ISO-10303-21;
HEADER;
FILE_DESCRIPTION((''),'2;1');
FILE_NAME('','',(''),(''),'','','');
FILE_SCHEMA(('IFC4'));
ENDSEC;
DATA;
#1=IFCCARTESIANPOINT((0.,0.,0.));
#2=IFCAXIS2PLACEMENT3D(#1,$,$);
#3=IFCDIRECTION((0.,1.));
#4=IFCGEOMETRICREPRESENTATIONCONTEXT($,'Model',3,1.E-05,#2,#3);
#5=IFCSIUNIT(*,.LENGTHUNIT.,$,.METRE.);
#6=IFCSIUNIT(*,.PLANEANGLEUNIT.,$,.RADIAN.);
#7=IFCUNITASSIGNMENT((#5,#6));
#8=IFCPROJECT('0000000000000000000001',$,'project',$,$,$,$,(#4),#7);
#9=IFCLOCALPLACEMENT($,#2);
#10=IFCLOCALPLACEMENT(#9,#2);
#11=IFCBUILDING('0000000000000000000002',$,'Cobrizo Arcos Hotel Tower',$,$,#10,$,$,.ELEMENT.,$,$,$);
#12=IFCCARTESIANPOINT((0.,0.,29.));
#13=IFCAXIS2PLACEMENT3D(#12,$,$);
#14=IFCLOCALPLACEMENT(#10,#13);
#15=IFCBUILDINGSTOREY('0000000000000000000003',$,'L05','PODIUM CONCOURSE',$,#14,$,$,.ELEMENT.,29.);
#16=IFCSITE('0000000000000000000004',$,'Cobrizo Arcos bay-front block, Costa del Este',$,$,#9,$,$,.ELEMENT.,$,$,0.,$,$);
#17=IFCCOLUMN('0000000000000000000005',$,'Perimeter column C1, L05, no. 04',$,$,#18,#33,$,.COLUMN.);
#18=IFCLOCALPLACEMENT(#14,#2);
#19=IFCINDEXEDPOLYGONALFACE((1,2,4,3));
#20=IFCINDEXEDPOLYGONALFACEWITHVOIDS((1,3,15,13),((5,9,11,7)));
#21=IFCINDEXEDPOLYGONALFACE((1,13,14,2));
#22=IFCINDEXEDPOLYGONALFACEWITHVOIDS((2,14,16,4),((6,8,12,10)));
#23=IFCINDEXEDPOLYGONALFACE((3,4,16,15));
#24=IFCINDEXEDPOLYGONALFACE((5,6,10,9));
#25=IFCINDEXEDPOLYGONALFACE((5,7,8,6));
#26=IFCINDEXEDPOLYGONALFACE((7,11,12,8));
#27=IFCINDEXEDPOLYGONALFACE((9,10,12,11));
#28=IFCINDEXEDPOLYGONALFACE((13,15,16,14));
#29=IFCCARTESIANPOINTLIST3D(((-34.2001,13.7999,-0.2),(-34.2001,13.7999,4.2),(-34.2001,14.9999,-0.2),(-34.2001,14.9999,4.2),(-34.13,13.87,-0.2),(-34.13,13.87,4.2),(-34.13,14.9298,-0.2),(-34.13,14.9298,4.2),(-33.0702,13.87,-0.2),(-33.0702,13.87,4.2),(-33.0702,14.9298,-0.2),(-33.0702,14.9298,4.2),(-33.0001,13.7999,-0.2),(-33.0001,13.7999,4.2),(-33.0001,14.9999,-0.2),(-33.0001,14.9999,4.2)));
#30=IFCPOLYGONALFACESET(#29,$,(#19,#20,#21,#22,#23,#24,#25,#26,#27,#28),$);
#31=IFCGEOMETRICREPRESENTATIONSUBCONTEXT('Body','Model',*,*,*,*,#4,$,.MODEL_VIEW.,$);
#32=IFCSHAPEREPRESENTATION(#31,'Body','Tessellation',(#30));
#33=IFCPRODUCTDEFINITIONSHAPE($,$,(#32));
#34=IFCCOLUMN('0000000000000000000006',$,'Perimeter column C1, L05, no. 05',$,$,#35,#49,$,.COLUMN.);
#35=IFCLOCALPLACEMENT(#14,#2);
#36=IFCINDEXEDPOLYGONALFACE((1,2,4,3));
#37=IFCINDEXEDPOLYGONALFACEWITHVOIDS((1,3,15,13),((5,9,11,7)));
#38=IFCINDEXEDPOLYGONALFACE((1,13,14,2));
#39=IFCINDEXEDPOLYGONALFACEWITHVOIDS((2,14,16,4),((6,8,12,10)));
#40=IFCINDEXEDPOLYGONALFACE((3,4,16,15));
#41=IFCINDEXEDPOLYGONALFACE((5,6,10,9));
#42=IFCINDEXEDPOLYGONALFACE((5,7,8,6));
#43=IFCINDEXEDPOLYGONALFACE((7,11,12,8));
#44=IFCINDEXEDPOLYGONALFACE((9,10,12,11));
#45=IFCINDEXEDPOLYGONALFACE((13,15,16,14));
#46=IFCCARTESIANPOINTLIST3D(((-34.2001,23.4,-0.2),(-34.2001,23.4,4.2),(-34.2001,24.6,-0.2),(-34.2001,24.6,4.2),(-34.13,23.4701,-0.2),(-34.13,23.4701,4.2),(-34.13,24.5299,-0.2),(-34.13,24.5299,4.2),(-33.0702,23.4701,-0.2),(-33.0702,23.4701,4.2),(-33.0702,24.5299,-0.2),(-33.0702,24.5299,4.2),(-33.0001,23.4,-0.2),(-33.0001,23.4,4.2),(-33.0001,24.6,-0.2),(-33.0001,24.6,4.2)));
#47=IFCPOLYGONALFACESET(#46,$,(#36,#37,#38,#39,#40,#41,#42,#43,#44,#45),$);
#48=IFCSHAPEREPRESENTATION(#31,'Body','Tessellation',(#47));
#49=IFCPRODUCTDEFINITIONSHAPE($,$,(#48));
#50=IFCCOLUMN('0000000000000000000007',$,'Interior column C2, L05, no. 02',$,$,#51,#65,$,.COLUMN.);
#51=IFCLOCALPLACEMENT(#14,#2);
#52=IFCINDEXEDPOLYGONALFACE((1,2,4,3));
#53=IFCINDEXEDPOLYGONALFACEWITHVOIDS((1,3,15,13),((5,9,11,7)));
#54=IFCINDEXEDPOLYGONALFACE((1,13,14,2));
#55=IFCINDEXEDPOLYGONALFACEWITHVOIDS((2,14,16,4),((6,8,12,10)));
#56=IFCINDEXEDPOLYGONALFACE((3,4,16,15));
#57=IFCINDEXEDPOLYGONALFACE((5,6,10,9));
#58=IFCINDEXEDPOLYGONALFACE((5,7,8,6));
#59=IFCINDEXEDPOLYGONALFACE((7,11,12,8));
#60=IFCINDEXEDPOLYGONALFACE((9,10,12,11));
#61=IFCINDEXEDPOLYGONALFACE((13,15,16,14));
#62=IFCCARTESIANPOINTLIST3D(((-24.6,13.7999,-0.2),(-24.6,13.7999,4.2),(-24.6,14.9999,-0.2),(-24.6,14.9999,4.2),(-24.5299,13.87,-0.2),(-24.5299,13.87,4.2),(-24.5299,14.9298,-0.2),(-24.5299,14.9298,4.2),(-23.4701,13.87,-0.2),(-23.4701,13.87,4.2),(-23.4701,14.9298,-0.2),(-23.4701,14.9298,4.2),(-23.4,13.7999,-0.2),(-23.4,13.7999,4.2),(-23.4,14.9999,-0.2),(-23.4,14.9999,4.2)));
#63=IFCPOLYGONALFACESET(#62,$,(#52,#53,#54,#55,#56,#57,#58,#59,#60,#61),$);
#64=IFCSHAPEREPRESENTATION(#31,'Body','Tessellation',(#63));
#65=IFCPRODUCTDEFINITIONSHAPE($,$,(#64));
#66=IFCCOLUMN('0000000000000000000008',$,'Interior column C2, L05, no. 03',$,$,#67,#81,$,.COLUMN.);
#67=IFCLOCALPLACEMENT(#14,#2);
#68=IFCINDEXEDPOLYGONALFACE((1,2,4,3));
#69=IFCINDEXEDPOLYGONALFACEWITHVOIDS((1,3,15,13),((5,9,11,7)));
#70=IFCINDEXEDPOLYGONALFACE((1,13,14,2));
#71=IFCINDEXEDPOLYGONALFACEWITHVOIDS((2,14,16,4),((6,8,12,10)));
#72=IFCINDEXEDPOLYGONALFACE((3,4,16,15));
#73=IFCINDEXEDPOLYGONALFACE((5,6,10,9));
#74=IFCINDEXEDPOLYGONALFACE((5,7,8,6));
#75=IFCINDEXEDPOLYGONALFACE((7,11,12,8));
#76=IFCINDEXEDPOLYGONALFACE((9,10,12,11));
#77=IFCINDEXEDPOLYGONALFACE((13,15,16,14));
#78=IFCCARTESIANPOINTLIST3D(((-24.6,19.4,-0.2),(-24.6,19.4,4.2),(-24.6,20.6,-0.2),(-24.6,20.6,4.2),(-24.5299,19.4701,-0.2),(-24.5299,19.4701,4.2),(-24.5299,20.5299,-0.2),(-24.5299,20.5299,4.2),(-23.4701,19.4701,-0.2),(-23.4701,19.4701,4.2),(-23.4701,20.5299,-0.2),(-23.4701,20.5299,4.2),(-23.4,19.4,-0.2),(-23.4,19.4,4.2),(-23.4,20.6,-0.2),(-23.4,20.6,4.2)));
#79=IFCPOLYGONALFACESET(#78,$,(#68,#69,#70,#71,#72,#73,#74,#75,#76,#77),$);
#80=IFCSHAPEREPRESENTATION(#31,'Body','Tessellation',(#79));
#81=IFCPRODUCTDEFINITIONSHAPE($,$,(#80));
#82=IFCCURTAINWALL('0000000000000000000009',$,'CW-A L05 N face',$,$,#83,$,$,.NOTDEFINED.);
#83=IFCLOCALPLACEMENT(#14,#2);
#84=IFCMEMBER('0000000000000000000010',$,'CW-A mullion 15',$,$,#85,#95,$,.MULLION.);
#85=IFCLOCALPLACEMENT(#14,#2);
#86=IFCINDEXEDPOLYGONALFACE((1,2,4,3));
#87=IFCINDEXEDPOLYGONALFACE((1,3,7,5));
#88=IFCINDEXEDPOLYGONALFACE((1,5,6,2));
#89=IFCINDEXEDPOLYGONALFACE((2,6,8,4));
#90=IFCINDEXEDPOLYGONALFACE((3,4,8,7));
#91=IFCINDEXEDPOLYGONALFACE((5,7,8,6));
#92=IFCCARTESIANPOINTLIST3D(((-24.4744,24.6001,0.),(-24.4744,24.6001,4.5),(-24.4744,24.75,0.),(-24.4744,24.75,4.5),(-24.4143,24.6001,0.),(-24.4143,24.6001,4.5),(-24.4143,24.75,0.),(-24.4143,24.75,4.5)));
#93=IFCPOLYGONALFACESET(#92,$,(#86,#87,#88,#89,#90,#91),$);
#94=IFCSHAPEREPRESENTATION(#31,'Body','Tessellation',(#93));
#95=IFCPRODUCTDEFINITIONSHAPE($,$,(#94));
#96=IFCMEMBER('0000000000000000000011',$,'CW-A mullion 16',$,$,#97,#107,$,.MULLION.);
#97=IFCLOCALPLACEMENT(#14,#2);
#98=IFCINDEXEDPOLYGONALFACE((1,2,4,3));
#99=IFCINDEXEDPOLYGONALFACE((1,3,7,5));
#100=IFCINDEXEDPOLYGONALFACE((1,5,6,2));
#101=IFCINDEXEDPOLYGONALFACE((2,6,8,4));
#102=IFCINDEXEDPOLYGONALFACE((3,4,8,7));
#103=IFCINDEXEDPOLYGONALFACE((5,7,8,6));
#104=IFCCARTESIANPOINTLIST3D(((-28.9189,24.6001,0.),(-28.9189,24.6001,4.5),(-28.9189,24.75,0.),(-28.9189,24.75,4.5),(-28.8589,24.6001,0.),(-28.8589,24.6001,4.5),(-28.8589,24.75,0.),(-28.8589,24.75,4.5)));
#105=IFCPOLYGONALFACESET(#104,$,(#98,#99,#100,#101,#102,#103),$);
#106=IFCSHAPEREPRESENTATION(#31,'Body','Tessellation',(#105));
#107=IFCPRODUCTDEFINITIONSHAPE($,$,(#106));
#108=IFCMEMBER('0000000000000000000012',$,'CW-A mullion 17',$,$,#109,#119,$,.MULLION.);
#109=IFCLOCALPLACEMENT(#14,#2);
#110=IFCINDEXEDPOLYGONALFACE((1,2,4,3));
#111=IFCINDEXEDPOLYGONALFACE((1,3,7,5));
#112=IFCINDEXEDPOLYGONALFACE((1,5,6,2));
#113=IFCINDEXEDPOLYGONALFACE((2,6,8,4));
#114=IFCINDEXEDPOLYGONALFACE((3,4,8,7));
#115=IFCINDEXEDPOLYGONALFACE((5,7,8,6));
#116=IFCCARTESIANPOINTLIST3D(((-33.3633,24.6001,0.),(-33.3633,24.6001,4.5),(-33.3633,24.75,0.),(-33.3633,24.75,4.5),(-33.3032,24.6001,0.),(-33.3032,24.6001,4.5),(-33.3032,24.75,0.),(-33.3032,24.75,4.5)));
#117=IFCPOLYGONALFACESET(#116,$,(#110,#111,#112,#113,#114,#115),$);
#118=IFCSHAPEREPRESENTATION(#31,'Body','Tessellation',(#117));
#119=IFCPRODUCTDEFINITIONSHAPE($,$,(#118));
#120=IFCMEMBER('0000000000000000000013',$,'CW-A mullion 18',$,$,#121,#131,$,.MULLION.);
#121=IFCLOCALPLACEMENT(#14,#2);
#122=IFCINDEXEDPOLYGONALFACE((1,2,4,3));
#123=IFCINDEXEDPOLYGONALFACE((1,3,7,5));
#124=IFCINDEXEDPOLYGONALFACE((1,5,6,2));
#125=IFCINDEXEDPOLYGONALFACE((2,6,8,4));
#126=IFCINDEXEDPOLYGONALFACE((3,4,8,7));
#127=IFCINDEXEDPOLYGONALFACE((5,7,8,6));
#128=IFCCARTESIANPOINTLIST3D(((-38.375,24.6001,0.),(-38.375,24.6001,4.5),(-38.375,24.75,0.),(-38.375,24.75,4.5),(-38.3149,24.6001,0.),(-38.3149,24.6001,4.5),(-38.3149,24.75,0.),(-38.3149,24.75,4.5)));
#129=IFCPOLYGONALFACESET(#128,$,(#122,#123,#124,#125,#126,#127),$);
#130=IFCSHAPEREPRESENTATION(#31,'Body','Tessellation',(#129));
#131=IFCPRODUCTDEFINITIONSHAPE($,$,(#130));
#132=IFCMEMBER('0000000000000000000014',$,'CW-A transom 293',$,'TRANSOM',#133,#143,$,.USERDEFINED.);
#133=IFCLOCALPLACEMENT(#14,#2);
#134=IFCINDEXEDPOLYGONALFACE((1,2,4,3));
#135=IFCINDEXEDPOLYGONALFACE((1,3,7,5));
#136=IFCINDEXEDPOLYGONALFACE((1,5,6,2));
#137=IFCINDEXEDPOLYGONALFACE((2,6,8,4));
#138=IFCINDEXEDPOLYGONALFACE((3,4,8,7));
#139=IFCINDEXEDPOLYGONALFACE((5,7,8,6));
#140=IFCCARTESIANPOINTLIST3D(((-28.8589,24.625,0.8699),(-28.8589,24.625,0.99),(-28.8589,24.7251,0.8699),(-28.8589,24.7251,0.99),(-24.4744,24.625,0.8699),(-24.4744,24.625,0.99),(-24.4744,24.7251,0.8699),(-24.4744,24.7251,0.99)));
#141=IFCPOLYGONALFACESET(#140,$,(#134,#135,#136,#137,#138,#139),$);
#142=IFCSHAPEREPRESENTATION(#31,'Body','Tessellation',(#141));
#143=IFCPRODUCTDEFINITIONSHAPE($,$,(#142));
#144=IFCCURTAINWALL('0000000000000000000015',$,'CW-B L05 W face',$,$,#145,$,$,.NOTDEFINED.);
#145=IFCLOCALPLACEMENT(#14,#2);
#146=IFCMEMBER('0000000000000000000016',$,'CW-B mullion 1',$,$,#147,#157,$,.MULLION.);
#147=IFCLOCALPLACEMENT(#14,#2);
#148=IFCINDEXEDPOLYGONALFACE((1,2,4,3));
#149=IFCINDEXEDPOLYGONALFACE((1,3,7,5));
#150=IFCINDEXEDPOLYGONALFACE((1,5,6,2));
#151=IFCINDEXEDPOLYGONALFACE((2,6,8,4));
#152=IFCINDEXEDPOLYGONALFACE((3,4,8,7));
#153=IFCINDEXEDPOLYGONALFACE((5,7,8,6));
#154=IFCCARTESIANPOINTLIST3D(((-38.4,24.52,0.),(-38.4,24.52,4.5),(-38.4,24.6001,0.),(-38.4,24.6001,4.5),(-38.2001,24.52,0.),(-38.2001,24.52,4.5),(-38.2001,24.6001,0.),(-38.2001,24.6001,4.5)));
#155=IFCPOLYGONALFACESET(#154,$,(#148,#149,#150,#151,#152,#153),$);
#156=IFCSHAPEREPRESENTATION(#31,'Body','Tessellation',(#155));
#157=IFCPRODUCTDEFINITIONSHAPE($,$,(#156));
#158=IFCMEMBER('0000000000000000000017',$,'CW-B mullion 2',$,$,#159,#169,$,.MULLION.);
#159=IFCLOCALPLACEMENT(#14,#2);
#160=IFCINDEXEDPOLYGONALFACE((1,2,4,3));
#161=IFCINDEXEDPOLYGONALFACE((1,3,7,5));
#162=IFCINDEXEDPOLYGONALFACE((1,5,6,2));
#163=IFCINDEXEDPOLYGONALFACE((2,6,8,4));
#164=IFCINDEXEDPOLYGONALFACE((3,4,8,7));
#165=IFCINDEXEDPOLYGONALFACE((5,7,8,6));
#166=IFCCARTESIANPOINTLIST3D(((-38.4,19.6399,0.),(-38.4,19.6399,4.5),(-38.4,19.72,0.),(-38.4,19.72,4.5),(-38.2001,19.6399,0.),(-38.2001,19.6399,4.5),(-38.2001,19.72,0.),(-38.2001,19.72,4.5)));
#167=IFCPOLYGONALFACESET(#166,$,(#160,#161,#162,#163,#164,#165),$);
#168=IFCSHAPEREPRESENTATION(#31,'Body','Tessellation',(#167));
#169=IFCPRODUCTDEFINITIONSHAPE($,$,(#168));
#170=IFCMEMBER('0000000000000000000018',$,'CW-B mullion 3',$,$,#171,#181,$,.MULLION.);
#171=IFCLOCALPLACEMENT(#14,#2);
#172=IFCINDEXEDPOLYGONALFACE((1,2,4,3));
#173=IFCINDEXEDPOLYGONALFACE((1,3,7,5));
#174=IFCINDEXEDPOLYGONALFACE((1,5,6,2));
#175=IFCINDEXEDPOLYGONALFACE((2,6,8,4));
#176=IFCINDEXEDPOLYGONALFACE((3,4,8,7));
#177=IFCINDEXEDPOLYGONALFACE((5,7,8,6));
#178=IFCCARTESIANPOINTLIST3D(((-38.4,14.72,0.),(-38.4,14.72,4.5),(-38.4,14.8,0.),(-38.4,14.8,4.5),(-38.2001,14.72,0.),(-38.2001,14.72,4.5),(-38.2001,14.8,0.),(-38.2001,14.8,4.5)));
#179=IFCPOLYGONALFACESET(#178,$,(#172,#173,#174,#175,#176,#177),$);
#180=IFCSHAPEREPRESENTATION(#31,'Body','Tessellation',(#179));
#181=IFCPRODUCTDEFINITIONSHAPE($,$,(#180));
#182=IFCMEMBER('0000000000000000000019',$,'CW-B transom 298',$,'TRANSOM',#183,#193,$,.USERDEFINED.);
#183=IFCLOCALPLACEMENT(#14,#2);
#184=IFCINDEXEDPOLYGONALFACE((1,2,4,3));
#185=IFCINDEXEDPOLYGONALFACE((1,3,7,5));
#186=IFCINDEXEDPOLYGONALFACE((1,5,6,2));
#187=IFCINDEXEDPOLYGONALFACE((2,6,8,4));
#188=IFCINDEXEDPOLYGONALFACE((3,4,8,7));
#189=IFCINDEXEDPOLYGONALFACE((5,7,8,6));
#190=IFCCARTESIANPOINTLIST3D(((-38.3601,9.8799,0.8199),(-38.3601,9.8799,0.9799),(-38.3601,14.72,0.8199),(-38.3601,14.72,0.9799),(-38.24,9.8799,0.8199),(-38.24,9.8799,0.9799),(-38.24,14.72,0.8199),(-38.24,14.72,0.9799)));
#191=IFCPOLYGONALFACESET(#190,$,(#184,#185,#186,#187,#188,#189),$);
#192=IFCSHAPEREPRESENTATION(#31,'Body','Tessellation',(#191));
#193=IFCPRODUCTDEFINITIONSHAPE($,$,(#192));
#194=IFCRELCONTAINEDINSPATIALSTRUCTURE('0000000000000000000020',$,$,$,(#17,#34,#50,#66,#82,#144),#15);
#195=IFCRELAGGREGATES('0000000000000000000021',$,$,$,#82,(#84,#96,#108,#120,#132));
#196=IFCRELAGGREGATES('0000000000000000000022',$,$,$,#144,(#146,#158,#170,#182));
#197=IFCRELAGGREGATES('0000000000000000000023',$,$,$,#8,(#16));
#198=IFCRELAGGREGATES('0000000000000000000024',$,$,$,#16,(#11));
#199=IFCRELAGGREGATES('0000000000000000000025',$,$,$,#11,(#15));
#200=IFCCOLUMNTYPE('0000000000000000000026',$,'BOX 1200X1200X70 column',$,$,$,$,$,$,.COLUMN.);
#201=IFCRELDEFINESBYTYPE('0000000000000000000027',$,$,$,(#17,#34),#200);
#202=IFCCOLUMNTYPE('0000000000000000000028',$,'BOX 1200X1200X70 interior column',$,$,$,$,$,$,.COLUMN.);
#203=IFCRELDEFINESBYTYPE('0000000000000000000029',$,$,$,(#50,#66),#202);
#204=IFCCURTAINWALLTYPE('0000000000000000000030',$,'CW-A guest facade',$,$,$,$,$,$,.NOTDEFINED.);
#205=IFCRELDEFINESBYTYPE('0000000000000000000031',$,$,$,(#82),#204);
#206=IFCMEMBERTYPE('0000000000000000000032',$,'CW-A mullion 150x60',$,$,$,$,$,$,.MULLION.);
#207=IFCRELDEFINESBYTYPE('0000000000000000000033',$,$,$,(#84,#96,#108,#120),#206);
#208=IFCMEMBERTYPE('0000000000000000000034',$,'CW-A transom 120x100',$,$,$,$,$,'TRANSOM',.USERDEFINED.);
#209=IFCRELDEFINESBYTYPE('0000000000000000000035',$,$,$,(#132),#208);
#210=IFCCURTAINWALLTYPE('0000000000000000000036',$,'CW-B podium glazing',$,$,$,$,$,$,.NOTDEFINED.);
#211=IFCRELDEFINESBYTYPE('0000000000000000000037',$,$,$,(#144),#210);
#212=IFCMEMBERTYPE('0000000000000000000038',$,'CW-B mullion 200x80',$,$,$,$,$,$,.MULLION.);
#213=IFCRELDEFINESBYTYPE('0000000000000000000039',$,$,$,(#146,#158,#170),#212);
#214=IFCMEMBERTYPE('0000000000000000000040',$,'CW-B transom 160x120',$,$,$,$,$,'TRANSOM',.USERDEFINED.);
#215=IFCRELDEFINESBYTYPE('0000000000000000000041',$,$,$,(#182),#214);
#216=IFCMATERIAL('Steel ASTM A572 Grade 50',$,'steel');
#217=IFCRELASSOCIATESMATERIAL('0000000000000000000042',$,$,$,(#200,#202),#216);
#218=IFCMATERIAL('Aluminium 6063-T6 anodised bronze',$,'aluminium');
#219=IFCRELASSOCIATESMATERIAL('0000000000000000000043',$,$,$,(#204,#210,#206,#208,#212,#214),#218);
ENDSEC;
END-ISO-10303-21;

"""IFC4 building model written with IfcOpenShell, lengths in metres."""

from ifc_helpers import new_model, si_unit, direction, frame, origin, origin_2d, place, context, subcontext, project, spatial, rectangle, hollow_rectangle, extrude, material, material_profile, profile_set, type_object, element, aggregate, save


model = new_model("IFC4")

# Units and contexts
model_context = context("Model", 3, precision=1e-05, world=origin(), true_north=direction((0.0, 1.0)))
body_context = subcontext(model_context, "Body", "Model", "MODEL_VIEW")
ifc_project = project(units=[si_unit("LENGTHUNIT", "METRE"), si_unit("PLANEANGLEUNIT", "RADIAN")], contexts=[model_context])

# Site, building, storey
site_placement = place(None, origin())
site = spatial("IfcSite", under=ifc_project, at=site_placement, Name="Cobrizo Arcos bay-front block, Costa del Este", CompositionType="ELEMENT", RefElevation=0.0)
building_placement = place(site_placement, origin())
building = spatial("IfcBuilding", under=site, at=building_placement, Name="Cobrizo Arcos Hotel Tower", CompositionType="ELEMENT")
storey_placement = place(building_placement, frame((0.0, 0.0, 29.0)))
storey = spatial("IfcBuildingStorey", under=building, at=storey_placement, Name="L05", Description="PODIUM CONCOURSE", CompositionType="ELEMENT", Elevation=29.0)

# Columns
ifc_material_1 = material(Name="Steel ASTM A572 Grade 50", Category="steel")
ifc_material_profile_1 = material_profile(ifc_material_1, hollow_rectangle(XDim=1.2, YDim=1.2, WallThickness=0.0701, at=origin_2d()), Name="BOX 1200X1200X70")
ifc_profile_set_1 = profile_set([ifc_material_profile_1], Name="Steel ASTM A572 Grade 50")
column_type_1 = type_object("IfcColumnType", Name="BOX 1200X1200X70 column", PredefinedType="COLUMN", material=ifc_profile_set_1)
for number, where, z_axis, x_axis, name in (
    (1, (-33.6001, 14.3999, -0.2), (0.0, 0.0, 1.0), (1.0, 0.0, 0.0), "Perimeter column C1, L05, no. 04"),
    (2, (-33.6001, 24.0, -0.2), (0.0, 0.0, 1.0), (1.0, 0.0, 0.0), "Perimeter column C1, L05, no. 05"),
):
    element("IfcColumn", number, at=place(storey_placement, frame(where, z_axis=z_axis, x_axis=x_axis)), inside=storey, type_object=column_type_1, Name=name, PredefinedType="COLUMN", context=body_context, shape_type="SweptSolid", body=[
        extrude(hollow_rectangle(XDim=1.2, YDim=1.2, WallThickness=0.0701, at=origin_2d()), origin(), (0.0, 0.0, 1.0), 4.3999),
    ])
ifc_material_profile_2 = material_profile(ifc_material_1, hollow_rectangle(XDim=1.2, YDim=1.2, WallThickness=0.0701, at=origin_2d()), Name="BOX 1200X1200X70")
ifc_profile_set_2 = profile_set([ifc_material_profile_2], Name="Steel ASTM A572 Grade 50")
column_type_2 = type_object("IfcColumnType", Name="BOX 1200X1200X70 interior column", PredefinedType="COLUMN", material=ifc_profile_set_2)
for number, where, z_axis, x_axis, name in (
    (3, (-24.0, 14.3999, -0.2), (0.0, 0.0, 1.0), (1.0, 0.0, 0.0), "Interior column C2, L05, no. 02"),
    (4, (-24.0, 20.0, -0.2), (0.0, 0.0, 1.0), (1.0, 0.0, 0.0), "Interior column C2, L05, no. 03"),
):
    element("IfcColumn", number, at=place(storey_placement, frame(where, z_axis=z_axis, x_axis=x_axis)), inside=storey, type_object=column_type_2, Name=name, PredefinedType="COLUMN", context=body_context, shape_type="SweptSolid", body=[
        extrude(hollow_rectangle(XDim=1.2, YDim=1.2, WallThickness=0.0701, at=origin_2d()), origin(), (0.0, 0.0, 1.0), 4.3999),
    ])

# Curtain walls, members
ifc_material_2 = material(Name="Aluminium 6063-T6 anodised bronze", Category="aluminium")
curtain_wall_type_1 = type_object("IfcCurtainWallType", Name="CW-A guest facade", PredefinedType="NOTDEFINED", material=ifc_material_2)
curtain_wall_1_placement = place(storey_placement, origin())
curtain_wall_1 = element("IfcCurtainWall", 5, at=curtain_wall_1_placement, inside=storey, type_object=curtain_wall_type_1, Name="CW-A L05 N face", PredefinedType="NOTDEFINED")
ifc_material_profile_3 = material_profile(ifc_material_2, rectangle(XDim=0.1499, YDim=0.0601, at=origin_2d()), Name="CW-A mullion 150x60")
ifc_profile_set_3 = profile_set([ifc_material_profile_3], Name="Aluminium 6063-T6 anodised bronze")
member_type_1 = type_object("IfcMemberType", Name="CW-A mullion 150x60", PredefinedType="MULLION", material=ifc_profile_set_3)
member_1_placement = place(storey_placement, frame((-24.4443, 24.675, 0.0), z_axis=(0.0, 0.0, 1.0), x_axis=(0.0, 1.0, 0.0)))
member_1 = element("IfcMember", 6, at=member_1_placement, type_object=member_type_1, Name="CW-A mullion 15", PredefinedType="MULLION", context=body_context, shape_type="SweptSolid", body=[
    extrude(rectangle(XDim=0.1499, YDim=0.0601, at=origin_2d()), origin(), (0.0, 0.0, 1.0), 4.5),
])
member_2_placement = place(storey_placement, frame((-28.8889, 24.675, 0.0), z_axis=(0.0, 0.0, 1.0), x_axis=(0.0, 1.0, 0.0)))
member_2 = element("IfcMember", 7, at=member_2_placement, type_object=member_type_1, Name="CW-A mullion 16", PredefinedType="MULLION", context=body_context, shape_type="SweptSolid", body=[
    extrude(rectangle(XDim=0.1499, YDim=0.0601, at=origin_2d()), origin(), (0.0, 0.0, 1.0), 4.5),
])
member_3_placement = place(storey_placement, frame((-33.3333, 24.675, 0.0), z_axis=(0.0, 0.0, 1.0), x_axis=(0.0, 1.0, 0.0)))
member_3 = element("IfcMember", 8, at=member_3_placement, type_object=member_type_1, Name="CW-A mullion 17", PredefinedType="MULLION", context=body_context, shape_type="SweptSolid", body=[
    extrude(rectangle(XDim=0.1499, YDim=0.0601, at=origin_2d()), origin(), (0.0, 0.0, 1.0), 4.5),
])
member_4_placement = place(storey_placement, frame((-38.345, 24.675, 0.0), z_axis=(0.0, 0.0, 1.0), x_axis=(0.0, 1.0, 0.0)))
member_4 = element("IfcMember", 9, at=member_4_placement, type_object=member_type_1, Name="CW-A mullion 18", PredefinedType="MULLION", context=body_context, shape_type="SweptSolid", body=[
    extrude(rectangle(XDim=0.1499, YDim=0.0601, at=origin_2d()), origin(), (0.0, 0.0, 1.0), 4.5),
])
ifc_material_profile_4 = material_profile(ifc_material_2, rectangle(XDim=0.1001, YDim=0.1201, at=origin_2d()), Name="CW-A transom 120x100")
ifc_profile_set_4 = profile_set([ifc_material_profile_4], Name="Aluminium 6063-T6 anodised bronze")
member_type_2 = type_object("IfcMemberType", Name="CW-A transom 120x100", ElementType="TRANSOM", PredefinedType="USERDEFINED", material=ifc_profile_set_4)
member_5_placement = place(storey_placement, frame((-24.4744, 24.675, 0.9299), z_axis=(-1.0, 0.0, 0.0), x_axis=(0.0, -1.0, 0.0)))
member_5 = element("IfcMember", 10, at=member_5_placement, type_object=member_type_2, Name="CW-A transom 293", ObjectType="TRANSOM", PredefinedType="USERDEFINED", context=body_context, shape_type="SweptSolid", body=[
    extrude(rectangle(XDim=0.1001, YDim=0.1201, at=origin_2d()), origin(), (0.0, 0.0, 1.0), 4.3845),
])
curtain_wall_type_2 = type_object("IfcCurtainWallType", Name="CW-B podium glazing", PredefinedType="NOTDEFINED", material=ifc_material_2)
curtain_wall_2_placement = place(storey_placement, origin())
curtain_wall_2 = element("IfcCurtainWall", 11, at=curtain_wall_2_placement, inside=storey, type_object=curtain_wall_type_2, Name="CW-B L05 W face", PredefinedType="NOTDEFINED")
ifc_material_profile_5 = material_profile(ifc_material_2, rectangle(XDim=0.2, YDim=0.0801, at=origin_2d()), Name="CW-B mullion 200x80")
ifc_profile_set_5 = profile_set([ifc_material_profile_5], Name="Aluminium 6063-T6 anodised bronze")
member_type_3 = type_object("IfcMemberType", Name="CW-B mullion 200x80", PredefinedType="MULLION", material=ifc_profile_set_5)
member_6_placement = place(storey_placement, frame((-38.3, 24.5601, 0.0), z_axis=(0.0, 0.0, 1.0), x_axis=(-1.0, 0.0, 0.0)))
member_6 = element("IfcMember", 12, at=member_6_placement, type_object=member_type_3, Name="CW-B mullion 1", PredefinedType="MULLION", context=body_context, shape_type="SweptSolid", body=[
    extrude(rectangle(XDim=0.2, YDim=0.0801, at=origin_2d()), origin(), (0.0, 0.0, 1.0), 4.5),
])
member_7_placement = place(storey_placement, frame((-38.3, 19.6799, 0.0), z_axis=(0.0, 0.0, 1.0), x_axis=(-1.0, 0.0, 0.0)))
member_7 = element("IfcMember", 13, at=member_7_placement, type_object=member_type_3, Name="CW-B mullion 2", PredefinedType="MULLION", context=body_context, shape_type="SweptSolid", body=[
    extrude(rectangle(XDim=0.2, YDim=0.0801, at=origin_2d()), origin(), (0.0, 0.0, 1.0), 4.5),
])
member_8_placement = place(storey_placement, frame((-38.3, 14.76, 0.0), z_axis=(0.0, 0.0, 1.0), x_axis=(-1.0, 0.0, 0.0)))
member_8 = element("IfcMember", 14, at=member_8_placement, type_object=member_type_3, Name="CW-B mullion 3", PredefinedType="MULLION", context=body_context, shape_type="SweptSolid", body=[
    extrude(rectangle(XDim=0.2, YDim=0.0801, at=origin_2d()), origin(), (0.0, 0.0, 1.0), 4.5),
])
ifc_material_profile_6 = material_profile(ifc_material_2, rectangle(XDim=0.1201, YDim=0.1599, at=origin_2d()), Name="CW-B transom 160x120")
ifc_profile_set_6 = profile_set([ifc_material_profile_6], Name="Aluminium 6063-T6 anodised bronze")
member_type_4 = type_object("IfcMemberType", Name="CW-B transom 160x120", ElementType="TRANSOM", PredefinedType="USERDEFINED", material=ifc_profile_set_6)
member_9_placement = place(storey_placement, frame((-38.3, 14.72, 0.8999), z_axis=(0.0, -1.0, 0.0), x_axis=(1.0, 0.0, 0.0)))
member_9 = element("IfcMember", 15, at=member_9_placement, type_object=member_type_4, Name="CW-B transom 298", ObjectType="TRANSOM", PredefinedType="USERDEFINED", context=body_context, shape_type="SweptSolid", body=[
    extrude(rectangle(XDim=0.1201, YDim=0.1599, at=origin_2d()), origin(), (0.0, 0.0, 1.0), 4.8401),
])

aggregate(curtain_wall_1, [member_1, member_2, member_3, member_4, member_5])
aggregate(curtain_wall_2, [member_6, member_7, member_8, member_9])

save(model, "model.ifc")
